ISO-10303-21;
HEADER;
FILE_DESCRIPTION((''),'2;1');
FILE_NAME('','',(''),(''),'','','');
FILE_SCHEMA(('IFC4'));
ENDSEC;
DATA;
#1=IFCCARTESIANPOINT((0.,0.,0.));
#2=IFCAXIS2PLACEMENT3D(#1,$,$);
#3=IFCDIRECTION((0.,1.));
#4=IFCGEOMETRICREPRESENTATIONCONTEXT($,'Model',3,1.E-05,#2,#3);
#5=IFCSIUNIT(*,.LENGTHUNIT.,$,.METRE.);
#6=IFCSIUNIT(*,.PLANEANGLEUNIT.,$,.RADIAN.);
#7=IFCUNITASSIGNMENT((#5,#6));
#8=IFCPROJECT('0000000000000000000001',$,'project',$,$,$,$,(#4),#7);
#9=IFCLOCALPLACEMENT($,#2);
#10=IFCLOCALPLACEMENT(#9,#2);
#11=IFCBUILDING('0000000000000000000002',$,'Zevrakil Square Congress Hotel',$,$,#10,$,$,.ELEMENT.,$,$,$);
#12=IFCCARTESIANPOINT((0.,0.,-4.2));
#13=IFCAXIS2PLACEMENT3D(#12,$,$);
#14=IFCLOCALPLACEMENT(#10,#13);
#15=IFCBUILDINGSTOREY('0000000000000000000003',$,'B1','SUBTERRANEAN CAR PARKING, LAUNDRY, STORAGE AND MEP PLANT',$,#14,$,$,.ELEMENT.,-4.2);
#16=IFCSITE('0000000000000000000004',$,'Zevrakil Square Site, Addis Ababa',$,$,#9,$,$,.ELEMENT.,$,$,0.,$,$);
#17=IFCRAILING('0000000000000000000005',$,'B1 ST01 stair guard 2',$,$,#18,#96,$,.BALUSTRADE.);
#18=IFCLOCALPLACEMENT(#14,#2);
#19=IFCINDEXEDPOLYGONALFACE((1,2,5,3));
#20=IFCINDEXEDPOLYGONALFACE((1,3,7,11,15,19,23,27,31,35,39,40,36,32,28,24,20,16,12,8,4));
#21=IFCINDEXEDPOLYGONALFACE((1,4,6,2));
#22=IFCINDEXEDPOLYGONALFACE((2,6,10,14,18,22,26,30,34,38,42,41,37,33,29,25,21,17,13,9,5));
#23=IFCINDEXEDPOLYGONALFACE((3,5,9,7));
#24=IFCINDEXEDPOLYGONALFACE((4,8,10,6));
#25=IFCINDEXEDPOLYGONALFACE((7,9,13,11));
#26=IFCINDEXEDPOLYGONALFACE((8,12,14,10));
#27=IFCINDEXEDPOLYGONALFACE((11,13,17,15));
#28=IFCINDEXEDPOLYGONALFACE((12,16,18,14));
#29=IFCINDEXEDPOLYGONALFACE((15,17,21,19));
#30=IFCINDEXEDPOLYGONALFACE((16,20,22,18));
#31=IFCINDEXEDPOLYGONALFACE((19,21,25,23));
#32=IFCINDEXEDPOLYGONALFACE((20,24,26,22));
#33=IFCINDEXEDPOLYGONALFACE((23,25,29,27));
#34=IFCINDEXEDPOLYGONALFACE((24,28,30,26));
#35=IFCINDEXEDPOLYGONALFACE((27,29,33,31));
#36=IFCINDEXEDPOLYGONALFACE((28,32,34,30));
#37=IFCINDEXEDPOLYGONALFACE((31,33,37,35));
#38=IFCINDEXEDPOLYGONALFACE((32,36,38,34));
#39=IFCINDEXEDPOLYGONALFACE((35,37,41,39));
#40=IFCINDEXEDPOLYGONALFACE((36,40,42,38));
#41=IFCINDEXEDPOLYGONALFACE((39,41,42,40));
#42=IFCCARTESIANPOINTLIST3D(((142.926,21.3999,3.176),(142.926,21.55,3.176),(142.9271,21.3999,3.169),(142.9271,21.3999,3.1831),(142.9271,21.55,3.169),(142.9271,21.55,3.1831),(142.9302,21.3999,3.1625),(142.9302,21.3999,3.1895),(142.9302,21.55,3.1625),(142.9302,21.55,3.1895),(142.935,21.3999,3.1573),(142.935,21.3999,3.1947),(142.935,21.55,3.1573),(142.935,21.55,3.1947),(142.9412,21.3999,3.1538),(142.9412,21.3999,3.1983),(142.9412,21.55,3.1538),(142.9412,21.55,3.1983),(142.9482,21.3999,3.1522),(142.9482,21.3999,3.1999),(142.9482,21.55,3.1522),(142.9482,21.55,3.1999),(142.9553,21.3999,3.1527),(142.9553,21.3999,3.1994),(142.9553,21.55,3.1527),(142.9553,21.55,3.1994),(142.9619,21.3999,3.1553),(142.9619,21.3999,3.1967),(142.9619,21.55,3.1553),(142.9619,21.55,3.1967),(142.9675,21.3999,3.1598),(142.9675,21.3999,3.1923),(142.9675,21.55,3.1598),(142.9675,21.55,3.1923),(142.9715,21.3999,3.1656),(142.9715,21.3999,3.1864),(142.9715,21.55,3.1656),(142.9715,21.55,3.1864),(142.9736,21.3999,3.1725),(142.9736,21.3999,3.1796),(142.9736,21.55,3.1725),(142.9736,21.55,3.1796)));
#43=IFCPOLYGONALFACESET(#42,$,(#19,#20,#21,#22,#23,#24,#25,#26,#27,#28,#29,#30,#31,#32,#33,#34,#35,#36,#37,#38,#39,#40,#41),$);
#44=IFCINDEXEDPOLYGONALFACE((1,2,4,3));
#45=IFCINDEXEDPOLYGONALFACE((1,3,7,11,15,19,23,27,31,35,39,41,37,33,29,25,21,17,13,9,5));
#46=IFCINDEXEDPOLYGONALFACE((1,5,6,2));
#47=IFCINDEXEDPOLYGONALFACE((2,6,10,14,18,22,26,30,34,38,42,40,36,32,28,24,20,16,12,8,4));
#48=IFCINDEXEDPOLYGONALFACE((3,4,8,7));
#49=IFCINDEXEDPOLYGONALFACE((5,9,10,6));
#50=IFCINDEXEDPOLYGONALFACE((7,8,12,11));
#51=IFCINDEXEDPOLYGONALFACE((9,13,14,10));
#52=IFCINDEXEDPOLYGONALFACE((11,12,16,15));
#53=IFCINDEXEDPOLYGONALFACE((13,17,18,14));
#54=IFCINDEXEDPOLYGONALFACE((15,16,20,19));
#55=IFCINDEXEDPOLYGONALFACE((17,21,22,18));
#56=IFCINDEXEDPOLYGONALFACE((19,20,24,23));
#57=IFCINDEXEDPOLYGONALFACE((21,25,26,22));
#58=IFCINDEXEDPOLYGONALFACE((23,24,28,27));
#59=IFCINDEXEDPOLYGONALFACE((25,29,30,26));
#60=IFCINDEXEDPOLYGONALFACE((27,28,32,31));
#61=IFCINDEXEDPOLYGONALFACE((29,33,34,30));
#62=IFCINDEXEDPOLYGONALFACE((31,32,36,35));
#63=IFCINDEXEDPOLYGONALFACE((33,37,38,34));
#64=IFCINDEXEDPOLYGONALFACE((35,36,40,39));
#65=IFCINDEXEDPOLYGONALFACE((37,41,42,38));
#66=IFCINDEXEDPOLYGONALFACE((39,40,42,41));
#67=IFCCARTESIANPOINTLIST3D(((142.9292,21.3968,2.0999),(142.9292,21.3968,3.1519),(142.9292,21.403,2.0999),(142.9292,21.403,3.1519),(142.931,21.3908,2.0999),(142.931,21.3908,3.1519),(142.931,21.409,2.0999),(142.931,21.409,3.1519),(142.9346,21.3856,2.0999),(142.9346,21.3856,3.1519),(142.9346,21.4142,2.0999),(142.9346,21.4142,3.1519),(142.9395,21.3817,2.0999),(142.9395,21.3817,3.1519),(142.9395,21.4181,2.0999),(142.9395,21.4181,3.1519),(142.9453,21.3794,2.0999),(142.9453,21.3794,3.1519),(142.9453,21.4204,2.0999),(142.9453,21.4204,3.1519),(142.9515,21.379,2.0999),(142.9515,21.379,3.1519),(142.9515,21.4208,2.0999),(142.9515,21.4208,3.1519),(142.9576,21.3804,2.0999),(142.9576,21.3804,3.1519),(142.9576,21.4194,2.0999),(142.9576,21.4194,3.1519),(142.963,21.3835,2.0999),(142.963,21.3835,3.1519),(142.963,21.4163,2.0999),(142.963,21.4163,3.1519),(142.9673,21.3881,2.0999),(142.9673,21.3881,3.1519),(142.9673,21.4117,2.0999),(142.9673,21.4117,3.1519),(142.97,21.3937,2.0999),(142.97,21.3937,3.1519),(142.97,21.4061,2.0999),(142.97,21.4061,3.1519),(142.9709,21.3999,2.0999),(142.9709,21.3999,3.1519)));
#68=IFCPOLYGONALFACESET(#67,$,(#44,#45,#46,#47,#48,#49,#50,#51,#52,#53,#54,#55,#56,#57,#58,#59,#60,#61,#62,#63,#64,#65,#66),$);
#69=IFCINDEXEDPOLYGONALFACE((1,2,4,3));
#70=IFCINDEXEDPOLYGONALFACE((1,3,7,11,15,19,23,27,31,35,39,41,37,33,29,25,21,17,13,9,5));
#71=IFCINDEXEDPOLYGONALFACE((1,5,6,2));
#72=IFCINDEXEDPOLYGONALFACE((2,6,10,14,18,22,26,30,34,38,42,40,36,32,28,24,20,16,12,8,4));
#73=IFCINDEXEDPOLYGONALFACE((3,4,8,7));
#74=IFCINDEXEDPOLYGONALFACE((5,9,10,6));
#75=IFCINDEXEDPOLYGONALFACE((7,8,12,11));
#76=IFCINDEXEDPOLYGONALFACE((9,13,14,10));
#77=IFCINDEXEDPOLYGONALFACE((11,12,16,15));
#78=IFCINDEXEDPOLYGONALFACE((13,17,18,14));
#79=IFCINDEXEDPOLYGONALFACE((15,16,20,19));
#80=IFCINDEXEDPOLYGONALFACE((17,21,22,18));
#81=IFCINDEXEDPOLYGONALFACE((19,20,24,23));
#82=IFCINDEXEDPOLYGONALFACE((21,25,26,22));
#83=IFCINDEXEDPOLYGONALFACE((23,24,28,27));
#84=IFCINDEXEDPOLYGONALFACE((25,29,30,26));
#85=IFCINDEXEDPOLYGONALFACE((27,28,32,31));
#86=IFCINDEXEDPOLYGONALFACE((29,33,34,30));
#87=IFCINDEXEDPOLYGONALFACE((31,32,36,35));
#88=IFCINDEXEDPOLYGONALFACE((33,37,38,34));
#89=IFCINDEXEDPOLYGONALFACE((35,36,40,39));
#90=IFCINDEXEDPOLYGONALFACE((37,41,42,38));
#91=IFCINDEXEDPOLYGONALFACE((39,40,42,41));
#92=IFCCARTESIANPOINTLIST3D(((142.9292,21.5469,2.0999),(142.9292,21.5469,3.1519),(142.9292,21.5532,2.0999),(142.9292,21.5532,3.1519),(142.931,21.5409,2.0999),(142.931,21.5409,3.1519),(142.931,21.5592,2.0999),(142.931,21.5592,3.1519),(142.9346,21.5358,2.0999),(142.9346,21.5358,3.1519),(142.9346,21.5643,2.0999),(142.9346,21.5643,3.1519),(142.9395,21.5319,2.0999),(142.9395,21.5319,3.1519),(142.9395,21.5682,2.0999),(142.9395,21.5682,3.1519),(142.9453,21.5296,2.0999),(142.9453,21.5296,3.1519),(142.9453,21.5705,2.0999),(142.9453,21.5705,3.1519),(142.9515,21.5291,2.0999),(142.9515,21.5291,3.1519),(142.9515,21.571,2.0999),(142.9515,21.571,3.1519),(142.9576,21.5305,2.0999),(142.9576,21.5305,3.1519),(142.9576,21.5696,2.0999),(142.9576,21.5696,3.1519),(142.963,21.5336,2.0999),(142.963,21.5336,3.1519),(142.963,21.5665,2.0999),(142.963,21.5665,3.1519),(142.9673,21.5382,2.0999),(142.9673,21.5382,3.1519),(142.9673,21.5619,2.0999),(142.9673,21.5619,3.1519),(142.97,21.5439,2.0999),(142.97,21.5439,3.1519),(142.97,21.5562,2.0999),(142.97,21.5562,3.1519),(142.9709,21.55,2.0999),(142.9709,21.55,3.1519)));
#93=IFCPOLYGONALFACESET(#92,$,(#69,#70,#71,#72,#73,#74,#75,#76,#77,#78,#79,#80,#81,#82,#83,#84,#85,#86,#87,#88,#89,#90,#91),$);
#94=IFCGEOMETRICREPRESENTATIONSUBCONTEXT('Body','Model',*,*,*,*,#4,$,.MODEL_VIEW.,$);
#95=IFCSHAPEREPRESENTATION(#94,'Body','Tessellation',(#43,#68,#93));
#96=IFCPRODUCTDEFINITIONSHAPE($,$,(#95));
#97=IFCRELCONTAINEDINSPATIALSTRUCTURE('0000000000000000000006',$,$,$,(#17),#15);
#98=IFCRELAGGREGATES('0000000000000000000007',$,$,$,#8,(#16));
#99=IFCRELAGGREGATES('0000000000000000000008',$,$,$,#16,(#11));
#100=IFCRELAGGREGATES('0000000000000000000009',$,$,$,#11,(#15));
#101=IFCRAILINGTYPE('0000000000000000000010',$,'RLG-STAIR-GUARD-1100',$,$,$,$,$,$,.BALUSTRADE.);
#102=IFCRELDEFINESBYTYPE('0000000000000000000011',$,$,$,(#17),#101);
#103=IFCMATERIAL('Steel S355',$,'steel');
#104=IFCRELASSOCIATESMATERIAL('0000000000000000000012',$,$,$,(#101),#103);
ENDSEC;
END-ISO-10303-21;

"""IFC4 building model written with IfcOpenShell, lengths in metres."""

from ifc_helpers import new_model, si_unit, direction, frame, origin, origin_2d, place, context, subcontext, project, spatial, circle, extrude, material, type_object, element, save


model = new_model("IFC4")

# Units and contexts
model_context = context("Model", 3, precision=1e-05, world=origin(), true_north=direction((0.0, 1.0)))
body_context = subcontext(model_context, "Body", "Model", "MODEL_VIEW")
ifc_project = project(units=[si_unit("LENGTHUNIT", "METRE"), si_unit("PLANEANGLEUNIT", "RADIAN")], contexts=[model_context])

# Site, building, storey
site_placement = place(None, origin())
site = spatial("IfcSite", under=ifc_project, at=site_placement, Name="Zevrakil Square Site, Addis Ababa", CompositionType="ELEMENT", RefElevation=0.0)
building_placement = place(site_placement, origin())
building = spatial("IfcBuilding", under=site, at=building_placement, Name="Zevrakil Square Congress Hotel", CompositionType="ELEMENT")
storey_placement = place(building_placement, frame((0.0, 0.0, -4.2)))
storey = spatial("IfcBuildingStorey", under=building, at=storey_placement, Name="B1", Description="SUBTERRANEAN CAR PARKING, LAUNDRY, STORAGE AND MEP PLANT", CompositionType="ELEMENT", Elevation=-4.2)

# Railing
ifc_material_1 = material(Name="Steel S355", Category="steel")
railing_type_1 = type_object("IfcRailingType", Name="RLG-STAIR-GUARD-1100", PredefinedType="BALUSTRADE", material=ifc_material_1)
railing_1_placement = place(storey_placement, frame((142.95, 21.3999, 2.0999)))
element("IfcRailing", 1, at=railing_1_placement, inside=storey, type_object=railing_type_1, Name="B1 ST01 stair guard 2", PredefinedType="BALUSTRADE", context=body_context, shape_type="SweptSolid", body=[
    extrude(circle(Radius=0.0239, at=origin_2d()), frame((0.0, 0.0, 1.0762), z_axis=(0.0, 1.0, 0.0), x_axis=(-1.0, 0.0, 0.0)), (0.0, 0.0, 1.0), 0.1501),
    extrude(circle(Radius=0.021, at=origin_2d()), origin(), (0.0, 0.0, 1.0), 1.052),
    extrude(circle(Radius=0.021, at=origin_2d()), frame((0.0, 0.1501, 0.0)), (0.0, 0.0, 1.0), 1.052),
])

save(model, "model.ifc")
